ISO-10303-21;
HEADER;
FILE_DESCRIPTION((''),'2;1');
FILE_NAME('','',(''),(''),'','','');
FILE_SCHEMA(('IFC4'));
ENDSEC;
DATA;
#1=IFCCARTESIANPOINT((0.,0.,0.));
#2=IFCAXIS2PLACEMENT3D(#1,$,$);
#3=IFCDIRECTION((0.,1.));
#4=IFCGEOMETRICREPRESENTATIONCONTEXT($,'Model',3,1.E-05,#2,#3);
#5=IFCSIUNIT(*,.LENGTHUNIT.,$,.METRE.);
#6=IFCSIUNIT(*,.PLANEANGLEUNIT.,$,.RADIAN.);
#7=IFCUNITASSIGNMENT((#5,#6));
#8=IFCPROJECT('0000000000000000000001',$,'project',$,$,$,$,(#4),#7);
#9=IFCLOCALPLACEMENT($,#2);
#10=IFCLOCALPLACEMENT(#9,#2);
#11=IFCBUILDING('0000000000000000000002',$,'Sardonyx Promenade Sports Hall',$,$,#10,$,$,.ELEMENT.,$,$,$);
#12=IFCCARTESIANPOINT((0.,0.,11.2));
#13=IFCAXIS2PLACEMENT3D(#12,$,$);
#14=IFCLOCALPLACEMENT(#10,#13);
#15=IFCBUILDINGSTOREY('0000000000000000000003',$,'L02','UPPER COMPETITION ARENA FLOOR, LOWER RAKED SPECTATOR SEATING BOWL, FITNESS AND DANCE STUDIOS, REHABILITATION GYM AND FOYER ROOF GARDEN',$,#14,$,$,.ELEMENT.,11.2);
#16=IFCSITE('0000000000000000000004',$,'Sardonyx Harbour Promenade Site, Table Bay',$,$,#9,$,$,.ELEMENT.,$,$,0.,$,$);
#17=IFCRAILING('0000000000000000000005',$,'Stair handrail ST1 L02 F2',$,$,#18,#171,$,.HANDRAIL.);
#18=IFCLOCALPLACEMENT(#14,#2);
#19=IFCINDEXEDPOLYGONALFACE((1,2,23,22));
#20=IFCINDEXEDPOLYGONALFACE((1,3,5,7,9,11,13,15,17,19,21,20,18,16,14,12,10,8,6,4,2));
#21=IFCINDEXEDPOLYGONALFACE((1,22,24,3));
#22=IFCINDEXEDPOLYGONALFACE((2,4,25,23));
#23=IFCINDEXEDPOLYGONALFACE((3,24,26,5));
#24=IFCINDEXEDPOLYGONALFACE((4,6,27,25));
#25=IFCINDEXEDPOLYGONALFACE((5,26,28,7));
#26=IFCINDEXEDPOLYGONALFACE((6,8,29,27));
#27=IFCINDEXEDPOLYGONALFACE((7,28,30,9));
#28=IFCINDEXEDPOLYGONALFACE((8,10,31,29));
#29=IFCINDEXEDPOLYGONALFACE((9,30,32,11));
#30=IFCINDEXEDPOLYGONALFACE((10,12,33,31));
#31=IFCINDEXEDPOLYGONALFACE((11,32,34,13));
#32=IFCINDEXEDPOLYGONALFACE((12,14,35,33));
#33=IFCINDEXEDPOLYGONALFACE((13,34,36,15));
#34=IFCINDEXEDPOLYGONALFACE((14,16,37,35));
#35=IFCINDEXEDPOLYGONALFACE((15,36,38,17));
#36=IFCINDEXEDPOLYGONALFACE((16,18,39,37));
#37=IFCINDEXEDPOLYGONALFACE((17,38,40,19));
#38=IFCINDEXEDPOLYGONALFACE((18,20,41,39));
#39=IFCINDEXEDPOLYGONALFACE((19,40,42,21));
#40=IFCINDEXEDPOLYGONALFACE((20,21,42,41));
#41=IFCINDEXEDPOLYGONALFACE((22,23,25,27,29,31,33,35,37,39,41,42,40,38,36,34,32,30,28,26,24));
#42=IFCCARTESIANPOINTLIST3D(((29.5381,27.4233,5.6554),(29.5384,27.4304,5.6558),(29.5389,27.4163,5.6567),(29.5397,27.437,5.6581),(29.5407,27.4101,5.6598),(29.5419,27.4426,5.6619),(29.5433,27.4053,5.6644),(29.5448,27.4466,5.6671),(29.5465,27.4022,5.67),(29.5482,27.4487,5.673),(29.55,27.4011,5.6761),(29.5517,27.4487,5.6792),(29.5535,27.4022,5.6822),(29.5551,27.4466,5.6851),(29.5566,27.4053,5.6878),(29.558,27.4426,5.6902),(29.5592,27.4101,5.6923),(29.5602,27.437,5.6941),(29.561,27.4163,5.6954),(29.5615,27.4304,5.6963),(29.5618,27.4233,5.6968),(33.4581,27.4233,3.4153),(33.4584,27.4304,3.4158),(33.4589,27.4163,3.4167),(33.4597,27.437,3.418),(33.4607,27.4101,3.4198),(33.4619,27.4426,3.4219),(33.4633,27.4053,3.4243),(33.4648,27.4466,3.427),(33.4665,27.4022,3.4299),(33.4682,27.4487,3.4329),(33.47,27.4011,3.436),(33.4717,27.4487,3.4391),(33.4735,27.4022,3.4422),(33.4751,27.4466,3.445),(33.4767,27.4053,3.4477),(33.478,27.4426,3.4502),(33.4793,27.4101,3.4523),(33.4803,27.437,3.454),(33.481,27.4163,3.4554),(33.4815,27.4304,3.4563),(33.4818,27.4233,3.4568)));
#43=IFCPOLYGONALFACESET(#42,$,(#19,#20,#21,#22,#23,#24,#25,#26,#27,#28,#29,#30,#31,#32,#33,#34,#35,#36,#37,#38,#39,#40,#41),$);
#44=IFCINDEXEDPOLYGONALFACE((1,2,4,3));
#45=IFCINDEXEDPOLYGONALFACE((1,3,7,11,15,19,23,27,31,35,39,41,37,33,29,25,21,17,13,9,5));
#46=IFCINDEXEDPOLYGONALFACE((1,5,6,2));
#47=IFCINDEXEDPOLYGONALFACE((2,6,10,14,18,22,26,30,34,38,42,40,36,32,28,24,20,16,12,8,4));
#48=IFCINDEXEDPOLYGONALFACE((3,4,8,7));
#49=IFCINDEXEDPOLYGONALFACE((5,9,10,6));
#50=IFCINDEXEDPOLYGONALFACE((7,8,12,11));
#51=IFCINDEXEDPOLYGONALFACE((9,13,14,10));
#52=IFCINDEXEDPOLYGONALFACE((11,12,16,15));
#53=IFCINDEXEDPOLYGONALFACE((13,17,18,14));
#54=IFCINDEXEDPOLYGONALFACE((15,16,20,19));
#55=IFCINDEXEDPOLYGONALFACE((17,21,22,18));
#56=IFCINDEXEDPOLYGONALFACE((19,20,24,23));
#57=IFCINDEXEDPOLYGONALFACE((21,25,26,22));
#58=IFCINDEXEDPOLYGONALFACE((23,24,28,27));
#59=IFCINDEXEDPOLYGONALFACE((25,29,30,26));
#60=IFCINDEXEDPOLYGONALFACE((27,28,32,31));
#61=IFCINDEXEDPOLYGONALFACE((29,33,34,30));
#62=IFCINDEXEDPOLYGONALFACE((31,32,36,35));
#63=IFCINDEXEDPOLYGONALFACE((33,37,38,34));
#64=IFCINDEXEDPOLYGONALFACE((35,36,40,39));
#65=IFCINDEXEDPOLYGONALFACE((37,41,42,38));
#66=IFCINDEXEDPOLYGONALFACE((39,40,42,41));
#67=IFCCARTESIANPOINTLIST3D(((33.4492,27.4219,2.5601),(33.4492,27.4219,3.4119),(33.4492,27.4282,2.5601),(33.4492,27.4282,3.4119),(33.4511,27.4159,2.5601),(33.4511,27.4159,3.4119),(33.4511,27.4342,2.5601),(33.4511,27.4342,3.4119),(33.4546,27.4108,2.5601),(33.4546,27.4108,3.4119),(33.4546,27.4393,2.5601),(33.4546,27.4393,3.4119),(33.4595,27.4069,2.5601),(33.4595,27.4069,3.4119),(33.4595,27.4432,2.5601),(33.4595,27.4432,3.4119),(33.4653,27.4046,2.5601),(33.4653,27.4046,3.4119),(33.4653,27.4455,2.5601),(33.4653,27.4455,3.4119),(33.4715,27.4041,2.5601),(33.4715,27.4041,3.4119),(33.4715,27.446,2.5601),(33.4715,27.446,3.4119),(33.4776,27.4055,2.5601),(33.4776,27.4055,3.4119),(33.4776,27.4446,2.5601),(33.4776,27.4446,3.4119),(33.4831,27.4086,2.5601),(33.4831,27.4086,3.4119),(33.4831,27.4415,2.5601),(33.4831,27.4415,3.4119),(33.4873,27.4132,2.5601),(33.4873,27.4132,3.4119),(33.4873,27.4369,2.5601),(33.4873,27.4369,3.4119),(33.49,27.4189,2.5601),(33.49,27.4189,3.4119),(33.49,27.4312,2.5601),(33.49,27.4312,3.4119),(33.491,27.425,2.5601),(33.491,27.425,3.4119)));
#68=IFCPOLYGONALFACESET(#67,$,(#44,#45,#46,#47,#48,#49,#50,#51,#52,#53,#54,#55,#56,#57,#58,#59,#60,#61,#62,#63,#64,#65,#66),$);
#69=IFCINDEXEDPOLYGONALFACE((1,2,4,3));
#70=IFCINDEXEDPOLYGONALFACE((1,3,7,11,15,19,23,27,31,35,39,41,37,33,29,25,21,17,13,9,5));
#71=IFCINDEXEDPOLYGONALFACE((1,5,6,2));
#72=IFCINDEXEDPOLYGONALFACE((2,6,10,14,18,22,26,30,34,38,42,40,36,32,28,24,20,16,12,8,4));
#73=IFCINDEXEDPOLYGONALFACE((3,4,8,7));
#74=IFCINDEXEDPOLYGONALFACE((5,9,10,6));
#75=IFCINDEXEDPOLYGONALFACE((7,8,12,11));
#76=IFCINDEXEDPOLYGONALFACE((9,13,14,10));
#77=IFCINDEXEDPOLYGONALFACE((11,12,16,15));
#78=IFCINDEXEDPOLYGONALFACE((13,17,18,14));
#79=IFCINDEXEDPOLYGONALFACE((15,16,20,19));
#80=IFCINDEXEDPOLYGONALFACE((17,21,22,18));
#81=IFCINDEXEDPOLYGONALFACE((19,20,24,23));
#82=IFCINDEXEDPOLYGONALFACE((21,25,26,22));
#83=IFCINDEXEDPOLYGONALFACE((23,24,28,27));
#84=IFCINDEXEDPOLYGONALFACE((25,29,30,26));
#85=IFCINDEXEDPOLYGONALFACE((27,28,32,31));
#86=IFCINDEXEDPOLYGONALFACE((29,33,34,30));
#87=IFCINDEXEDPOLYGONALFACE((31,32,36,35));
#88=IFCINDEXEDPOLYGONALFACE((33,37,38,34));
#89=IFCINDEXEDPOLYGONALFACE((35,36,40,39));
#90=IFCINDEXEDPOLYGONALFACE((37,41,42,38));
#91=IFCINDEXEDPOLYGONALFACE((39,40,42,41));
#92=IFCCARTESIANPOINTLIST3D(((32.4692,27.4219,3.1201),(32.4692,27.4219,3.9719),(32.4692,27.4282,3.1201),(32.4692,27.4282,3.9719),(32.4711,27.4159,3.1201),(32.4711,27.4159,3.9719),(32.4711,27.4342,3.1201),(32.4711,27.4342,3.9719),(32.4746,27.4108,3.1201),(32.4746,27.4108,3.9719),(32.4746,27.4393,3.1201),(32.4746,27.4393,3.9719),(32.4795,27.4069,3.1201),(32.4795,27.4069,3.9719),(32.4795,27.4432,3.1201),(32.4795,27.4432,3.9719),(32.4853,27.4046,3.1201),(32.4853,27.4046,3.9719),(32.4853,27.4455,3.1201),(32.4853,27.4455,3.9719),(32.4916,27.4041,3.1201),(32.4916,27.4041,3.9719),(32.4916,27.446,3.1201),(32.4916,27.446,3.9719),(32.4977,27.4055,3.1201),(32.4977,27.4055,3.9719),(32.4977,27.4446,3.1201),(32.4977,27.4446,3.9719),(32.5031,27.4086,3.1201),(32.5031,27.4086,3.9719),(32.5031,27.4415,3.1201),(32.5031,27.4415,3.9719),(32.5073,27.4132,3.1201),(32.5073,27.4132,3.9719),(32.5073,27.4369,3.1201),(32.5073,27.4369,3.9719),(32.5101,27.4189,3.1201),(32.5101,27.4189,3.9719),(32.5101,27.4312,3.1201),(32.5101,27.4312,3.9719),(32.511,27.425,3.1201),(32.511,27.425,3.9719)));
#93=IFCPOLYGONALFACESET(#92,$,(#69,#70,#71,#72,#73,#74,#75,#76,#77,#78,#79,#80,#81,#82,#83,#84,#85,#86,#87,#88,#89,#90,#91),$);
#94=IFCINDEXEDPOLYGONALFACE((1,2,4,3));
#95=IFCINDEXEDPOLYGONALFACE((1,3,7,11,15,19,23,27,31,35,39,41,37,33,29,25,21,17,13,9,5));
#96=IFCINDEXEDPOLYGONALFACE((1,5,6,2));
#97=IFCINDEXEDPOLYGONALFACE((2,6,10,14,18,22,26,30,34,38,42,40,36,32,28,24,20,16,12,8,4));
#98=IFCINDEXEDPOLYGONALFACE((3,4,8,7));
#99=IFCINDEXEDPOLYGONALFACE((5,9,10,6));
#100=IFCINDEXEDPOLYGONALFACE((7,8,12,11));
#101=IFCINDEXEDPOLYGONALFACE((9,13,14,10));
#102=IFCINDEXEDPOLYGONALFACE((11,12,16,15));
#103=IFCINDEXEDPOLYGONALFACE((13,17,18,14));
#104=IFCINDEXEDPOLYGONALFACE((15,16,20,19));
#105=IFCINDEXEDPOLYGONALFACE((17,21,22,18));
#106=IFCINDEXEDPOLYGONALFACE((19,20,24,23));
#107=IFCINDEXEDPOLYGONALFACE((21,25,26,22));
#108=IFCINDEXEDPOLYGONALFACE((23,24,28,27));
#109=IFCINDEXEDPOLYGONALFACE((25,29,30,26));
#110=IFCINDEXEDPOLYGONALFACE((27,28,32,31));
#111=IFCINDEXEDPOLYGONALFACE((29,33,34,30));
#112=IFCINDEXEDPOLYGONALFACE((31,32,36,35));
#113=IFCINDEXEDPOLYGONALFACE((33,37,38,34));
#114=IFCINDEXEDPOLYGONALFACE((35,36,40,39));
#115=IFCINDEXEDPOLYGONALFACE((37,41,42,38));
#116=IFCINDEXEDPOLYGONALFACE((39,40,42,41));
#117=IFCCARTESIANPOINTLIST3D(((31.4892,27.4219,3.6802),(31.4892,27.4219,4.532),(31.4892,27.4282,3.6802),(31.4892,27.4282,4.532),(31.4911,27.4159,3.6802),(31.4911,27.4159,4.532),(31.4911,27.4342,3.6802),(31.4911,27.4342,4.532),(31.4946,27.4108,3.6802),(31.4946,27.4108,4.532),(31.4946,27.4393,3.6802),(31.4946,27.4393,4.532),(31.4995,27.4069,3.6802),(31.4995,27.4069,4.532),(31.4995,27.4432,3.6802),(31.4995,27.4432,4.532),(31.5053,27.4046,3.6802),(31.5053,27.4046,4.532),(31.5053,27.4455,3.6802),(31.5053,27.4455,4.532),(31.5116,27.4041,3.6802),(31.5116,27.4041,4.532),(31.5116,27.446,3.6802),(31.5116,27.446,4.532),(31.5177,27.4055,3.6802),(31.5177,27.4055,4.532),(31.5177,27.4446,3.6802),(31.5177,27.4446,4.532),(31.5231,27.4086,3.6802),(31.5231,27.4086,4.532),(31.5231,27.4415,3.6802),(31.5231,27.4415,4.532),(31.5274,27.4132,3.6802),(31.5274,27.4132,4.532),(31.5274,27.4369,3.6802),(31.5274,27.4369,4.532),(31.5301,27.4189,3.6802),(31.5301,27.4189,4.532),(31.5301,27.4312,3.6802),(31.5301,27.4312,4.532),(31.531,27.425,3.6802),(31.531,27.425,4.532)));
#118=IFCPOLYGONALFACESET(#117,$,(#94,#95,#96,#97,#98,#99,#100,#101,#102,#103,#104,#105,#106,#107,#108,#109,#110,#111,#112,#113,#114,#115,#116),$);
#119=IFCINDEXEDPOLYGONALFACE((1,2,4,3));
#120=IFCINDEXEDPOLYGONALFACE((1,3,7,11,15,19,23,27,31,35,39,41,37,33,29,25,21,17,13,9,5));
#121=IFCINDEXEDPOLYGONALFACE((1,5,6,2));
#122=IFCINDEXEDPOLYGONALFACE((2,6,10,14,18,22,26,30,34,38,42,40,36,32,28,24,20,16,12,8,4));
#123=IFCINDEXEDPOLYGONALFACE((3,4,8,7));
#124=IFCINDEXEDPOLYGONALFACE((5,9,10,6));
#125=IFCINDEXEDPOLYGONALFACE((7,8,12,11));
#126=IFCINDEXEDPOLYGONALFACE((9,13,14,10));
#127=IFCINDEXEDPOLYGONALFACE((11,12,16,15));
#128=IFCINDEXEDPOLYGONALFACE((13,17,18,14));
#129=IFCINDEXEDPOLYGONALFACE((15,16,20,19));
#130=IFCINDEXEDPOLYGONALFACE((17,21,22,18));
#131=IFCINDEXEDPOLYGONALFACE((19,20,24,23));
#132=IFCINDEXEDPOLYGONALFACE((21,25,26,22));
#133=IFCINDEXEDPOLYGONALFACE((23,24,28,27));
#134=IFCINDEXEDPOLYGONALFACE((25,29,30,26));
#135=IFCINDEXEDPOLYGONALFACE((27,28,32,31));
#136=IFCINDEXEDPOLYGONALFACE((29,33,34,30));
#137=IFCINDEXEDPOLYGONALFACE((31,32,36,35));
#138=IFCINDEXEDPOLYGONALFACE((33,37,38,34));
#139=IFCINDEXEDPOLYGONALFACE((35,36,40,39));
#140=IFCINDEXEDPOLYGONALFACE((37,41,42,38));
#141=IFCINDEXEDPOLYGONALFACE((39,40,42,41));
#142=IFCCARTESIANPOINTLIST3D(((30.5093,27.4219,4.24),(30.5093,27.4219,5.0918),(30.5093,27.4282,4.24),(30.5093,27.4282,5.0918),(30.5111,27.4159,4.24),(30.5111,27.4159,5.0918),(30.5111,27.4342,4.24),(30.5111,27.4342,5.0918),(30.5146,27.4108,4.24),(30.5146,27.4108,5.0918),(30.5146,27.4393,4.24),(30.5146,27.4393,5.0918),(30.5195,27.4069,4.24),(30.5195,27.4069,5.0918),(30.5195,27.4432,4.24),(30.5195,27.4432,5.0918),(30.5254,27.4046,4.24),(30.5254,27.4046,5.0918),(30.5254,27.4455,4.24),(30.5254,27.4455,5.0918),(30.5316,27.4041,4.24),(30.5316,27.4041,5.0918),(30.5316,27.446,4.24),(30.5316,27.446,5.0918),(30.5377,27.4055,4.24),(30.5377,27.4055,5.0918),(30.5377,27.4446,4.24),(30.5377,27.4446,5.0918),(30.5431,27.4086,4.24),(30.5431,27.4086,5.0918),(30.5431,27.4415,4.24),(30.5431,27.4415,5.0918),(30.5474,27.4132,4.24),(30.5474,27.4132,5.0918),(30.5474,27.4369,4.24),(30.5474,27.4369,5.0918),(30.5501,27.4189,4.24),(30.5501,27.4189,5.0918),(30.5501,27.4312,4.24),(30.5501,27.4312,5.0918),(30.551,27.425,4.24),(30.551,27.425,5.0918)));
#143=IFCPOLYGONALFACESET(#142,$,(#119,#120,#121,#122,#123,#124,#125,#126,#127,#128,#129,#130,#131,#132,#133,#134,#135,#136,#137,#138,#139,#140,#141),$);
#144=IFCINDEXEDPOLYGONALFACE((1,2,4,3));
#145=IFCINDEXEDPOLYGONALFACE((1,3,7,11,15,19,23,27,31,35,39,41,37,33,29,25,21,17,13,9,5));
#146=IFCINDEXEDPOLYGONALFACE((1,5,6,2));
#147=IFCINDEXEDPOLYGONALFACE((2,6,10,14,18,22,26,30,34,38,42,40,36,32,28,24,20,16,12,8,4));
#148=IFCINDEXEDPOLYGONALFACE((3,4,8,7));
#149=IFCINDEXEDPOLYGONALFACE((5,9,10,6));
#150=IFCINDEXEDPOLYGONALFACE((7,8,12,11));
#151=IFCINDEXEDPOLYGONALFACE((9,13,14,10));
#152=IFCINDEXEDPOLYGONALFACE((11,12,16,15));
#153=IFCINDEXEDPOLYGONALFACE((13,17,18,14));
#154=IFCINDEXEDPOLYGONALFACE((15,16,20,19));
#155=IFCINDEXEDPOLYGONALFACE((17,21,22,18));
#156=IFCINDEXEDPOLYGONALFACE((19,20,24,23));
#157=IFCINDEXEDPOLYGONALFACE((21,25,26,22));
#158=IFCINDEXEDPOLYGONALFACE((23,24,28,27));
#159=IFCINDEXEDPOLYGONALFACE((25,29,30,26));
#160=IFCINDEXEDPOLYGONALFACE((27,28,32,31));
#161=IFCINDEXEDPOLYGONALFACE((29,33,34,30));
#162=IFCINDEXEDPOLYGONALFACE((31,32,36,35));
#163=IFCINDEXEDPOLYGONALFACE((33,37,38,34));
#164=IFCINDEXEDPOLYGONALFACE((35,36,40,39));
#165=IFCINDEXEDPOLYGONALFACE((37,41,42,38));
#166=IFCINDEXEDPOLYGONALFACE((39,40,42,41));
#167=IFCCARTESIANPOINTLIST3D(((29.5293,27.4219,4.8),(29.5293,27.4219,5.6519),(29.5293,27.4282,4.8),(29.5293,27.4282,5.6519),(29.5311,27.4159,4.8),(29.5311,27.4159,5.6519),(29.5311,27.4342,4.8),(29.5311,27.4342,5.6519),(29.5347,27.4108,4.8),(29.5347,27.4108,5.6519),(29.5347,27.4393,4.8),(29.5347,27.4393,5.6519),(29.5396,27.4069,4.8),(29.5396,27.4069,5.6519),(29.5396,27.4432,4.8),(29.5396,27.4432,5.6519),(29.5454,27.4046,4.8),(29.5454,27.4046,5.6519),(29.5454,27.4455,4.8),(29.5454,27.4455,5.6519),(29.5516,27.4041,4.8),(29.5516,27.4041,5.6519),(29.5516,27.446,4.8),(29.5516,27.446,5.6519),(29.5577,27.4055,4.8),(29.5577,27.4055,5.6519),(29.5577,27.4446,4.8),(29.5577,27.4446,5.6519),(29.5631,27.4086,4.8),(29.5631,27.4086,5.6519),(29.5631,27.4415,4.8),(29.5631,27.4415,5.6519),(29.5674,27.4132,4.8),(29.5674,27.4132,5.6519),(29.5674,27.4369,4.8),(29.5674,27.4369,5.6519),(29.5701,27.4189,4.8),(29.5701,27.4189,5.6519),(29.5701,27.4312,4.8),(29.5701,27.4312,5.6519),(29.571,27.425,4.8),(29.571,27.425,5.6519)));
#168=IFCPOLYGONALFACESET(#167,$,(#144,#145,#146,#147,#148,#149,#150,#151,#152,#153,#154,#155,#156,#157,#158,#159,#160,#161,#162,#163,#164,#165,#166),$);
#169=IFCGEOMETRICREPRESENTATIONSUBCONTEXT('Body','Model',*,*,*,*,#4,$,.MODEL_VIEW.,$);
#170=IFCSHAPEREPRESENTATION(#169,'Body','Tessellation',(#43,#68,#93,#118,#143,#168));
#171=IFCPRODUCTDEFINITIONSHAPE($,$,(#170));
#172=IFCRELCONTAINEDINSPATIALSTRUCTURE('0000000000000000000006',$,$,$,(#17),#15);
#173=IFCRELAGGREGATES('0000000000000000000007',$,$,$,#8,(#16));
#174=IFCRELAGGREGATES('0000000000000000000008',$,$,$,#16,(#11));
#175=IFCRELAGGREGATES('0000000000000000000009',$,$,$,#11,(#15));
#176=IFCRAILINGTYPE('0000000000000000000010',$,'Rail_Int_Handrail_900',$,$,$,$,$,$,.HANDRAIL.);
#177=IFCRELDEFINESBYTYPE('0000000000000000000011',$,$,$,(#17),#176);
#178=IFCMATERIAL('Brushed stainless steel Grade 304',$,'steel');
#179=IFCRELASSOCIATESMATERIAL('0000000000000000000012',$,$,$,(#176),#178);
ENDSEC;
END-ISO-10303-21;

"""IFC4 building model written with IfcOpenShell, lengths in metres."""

from ifc_helpers import new_model, si_unit, direction, frame, origin, origin_2d, place, context, subcontext, project, spatial, circle, extrude, material, type_object, element, save


model = new_model("IFC4")

# Units and contexts
model_context = context("Model", 3, precision=1e-05, world=origin(), true_north=direction((0.0, 1.0)))
body_context = subcontext(model_context, "Body", "Model", "MODEL_VIEW")
ifc_project = project(units=[si_unit("LENGTHUNIT", "METRE"), si_unit("PLANEANGLEUNIT", "RADIAN")], contexts=[model_context])

# Site, building, storey
site_placement = place(None, origin())
site = spatial("IfcSite", under=ifc_project, at=site_placement, Name="Sardonyx Harbour Promenade Site, Table Bay", CompositionType="ELEMENT", RefElevation=0.0)
building_placement = place(site_placement, origin())
building = spatial("IfcBuilding", under=site, at=building_placement, Name="Sardonyx Promenade Sports Hall", CompositionType="ELEMENT")
storey_placement = place(building_placement, frame((0.0, 0.0, 11.2)))
storey = spatial("IfcBuildingStorey", under=building, at=storey_placement, Name="L02", Description="UPPER COMPETITION ARENA FLOOR, LOWER RAKED SPECTATOR SEATING BOWL, FITNESS AND DANCE STUDIOS, REHABILITATION GYM AND FOYER ROOF GARDEN", CompositionType="ELEMENT", Elevation=11.2)

# Railing
ifc_material_1 = material(Name="Brushed stainless steel Grade 304", Category="steel")
railing_type = type_object("IfcRailingType", Name="Rail_Int_Handrail_900", PredefinedType="HANDRAIL", material=ifc_material_1)
railing_placement = place(storey_placement, frame((33.47, 27.425, 2.5601)))
element("IfcRailing", 1, at=railing_placement, inside=storey, type_object=railing_type, Name="Stair handrail ST1 L02 F2", PredefinedType="HANDRAIL", context=body_context, shape_type="SweptSolid", body=[
    extrude(circle(Radius=0.0239, at=origin_2d()), frame((0.0, 0.0, 0.876), z_axis=(-0.86824, 0.0, 0.496145), x_axis=(0.0, -1.0, 0.0)), (0.0, 0.0, 1.0), 4.5149),
    extrude(circle(Radius=0.021, at=origin_2d()), origin(), (0.0, 0.0, 1.0), 0.8518),
    extrude(circle(Radius=0.021, at=origin_2d()), frame((-0.98, 0.0, 0.5601)), (0.0, 0.0, 1.0), 0.8518),
    extrude(circle(Radius=0.021, at=origin_2d()), frame((-1.96, 0.0, 1.1201)), (0.0, 0.0, 1.0), 0.8518),
    extrude(circle(Radius=0.021, at=origin_2d()), frame((-2.9399, 0.0, 1.6799)), (0.0, 0.0, 1.0), 0.8518),
    extrude(circle(Radius=0.021, at=origin_2d()), frame((-3.9199, 0.0, 2.24)), (0.0, 0.0, 1.0), 0.8518),
])

save(model, "model.ifc")
